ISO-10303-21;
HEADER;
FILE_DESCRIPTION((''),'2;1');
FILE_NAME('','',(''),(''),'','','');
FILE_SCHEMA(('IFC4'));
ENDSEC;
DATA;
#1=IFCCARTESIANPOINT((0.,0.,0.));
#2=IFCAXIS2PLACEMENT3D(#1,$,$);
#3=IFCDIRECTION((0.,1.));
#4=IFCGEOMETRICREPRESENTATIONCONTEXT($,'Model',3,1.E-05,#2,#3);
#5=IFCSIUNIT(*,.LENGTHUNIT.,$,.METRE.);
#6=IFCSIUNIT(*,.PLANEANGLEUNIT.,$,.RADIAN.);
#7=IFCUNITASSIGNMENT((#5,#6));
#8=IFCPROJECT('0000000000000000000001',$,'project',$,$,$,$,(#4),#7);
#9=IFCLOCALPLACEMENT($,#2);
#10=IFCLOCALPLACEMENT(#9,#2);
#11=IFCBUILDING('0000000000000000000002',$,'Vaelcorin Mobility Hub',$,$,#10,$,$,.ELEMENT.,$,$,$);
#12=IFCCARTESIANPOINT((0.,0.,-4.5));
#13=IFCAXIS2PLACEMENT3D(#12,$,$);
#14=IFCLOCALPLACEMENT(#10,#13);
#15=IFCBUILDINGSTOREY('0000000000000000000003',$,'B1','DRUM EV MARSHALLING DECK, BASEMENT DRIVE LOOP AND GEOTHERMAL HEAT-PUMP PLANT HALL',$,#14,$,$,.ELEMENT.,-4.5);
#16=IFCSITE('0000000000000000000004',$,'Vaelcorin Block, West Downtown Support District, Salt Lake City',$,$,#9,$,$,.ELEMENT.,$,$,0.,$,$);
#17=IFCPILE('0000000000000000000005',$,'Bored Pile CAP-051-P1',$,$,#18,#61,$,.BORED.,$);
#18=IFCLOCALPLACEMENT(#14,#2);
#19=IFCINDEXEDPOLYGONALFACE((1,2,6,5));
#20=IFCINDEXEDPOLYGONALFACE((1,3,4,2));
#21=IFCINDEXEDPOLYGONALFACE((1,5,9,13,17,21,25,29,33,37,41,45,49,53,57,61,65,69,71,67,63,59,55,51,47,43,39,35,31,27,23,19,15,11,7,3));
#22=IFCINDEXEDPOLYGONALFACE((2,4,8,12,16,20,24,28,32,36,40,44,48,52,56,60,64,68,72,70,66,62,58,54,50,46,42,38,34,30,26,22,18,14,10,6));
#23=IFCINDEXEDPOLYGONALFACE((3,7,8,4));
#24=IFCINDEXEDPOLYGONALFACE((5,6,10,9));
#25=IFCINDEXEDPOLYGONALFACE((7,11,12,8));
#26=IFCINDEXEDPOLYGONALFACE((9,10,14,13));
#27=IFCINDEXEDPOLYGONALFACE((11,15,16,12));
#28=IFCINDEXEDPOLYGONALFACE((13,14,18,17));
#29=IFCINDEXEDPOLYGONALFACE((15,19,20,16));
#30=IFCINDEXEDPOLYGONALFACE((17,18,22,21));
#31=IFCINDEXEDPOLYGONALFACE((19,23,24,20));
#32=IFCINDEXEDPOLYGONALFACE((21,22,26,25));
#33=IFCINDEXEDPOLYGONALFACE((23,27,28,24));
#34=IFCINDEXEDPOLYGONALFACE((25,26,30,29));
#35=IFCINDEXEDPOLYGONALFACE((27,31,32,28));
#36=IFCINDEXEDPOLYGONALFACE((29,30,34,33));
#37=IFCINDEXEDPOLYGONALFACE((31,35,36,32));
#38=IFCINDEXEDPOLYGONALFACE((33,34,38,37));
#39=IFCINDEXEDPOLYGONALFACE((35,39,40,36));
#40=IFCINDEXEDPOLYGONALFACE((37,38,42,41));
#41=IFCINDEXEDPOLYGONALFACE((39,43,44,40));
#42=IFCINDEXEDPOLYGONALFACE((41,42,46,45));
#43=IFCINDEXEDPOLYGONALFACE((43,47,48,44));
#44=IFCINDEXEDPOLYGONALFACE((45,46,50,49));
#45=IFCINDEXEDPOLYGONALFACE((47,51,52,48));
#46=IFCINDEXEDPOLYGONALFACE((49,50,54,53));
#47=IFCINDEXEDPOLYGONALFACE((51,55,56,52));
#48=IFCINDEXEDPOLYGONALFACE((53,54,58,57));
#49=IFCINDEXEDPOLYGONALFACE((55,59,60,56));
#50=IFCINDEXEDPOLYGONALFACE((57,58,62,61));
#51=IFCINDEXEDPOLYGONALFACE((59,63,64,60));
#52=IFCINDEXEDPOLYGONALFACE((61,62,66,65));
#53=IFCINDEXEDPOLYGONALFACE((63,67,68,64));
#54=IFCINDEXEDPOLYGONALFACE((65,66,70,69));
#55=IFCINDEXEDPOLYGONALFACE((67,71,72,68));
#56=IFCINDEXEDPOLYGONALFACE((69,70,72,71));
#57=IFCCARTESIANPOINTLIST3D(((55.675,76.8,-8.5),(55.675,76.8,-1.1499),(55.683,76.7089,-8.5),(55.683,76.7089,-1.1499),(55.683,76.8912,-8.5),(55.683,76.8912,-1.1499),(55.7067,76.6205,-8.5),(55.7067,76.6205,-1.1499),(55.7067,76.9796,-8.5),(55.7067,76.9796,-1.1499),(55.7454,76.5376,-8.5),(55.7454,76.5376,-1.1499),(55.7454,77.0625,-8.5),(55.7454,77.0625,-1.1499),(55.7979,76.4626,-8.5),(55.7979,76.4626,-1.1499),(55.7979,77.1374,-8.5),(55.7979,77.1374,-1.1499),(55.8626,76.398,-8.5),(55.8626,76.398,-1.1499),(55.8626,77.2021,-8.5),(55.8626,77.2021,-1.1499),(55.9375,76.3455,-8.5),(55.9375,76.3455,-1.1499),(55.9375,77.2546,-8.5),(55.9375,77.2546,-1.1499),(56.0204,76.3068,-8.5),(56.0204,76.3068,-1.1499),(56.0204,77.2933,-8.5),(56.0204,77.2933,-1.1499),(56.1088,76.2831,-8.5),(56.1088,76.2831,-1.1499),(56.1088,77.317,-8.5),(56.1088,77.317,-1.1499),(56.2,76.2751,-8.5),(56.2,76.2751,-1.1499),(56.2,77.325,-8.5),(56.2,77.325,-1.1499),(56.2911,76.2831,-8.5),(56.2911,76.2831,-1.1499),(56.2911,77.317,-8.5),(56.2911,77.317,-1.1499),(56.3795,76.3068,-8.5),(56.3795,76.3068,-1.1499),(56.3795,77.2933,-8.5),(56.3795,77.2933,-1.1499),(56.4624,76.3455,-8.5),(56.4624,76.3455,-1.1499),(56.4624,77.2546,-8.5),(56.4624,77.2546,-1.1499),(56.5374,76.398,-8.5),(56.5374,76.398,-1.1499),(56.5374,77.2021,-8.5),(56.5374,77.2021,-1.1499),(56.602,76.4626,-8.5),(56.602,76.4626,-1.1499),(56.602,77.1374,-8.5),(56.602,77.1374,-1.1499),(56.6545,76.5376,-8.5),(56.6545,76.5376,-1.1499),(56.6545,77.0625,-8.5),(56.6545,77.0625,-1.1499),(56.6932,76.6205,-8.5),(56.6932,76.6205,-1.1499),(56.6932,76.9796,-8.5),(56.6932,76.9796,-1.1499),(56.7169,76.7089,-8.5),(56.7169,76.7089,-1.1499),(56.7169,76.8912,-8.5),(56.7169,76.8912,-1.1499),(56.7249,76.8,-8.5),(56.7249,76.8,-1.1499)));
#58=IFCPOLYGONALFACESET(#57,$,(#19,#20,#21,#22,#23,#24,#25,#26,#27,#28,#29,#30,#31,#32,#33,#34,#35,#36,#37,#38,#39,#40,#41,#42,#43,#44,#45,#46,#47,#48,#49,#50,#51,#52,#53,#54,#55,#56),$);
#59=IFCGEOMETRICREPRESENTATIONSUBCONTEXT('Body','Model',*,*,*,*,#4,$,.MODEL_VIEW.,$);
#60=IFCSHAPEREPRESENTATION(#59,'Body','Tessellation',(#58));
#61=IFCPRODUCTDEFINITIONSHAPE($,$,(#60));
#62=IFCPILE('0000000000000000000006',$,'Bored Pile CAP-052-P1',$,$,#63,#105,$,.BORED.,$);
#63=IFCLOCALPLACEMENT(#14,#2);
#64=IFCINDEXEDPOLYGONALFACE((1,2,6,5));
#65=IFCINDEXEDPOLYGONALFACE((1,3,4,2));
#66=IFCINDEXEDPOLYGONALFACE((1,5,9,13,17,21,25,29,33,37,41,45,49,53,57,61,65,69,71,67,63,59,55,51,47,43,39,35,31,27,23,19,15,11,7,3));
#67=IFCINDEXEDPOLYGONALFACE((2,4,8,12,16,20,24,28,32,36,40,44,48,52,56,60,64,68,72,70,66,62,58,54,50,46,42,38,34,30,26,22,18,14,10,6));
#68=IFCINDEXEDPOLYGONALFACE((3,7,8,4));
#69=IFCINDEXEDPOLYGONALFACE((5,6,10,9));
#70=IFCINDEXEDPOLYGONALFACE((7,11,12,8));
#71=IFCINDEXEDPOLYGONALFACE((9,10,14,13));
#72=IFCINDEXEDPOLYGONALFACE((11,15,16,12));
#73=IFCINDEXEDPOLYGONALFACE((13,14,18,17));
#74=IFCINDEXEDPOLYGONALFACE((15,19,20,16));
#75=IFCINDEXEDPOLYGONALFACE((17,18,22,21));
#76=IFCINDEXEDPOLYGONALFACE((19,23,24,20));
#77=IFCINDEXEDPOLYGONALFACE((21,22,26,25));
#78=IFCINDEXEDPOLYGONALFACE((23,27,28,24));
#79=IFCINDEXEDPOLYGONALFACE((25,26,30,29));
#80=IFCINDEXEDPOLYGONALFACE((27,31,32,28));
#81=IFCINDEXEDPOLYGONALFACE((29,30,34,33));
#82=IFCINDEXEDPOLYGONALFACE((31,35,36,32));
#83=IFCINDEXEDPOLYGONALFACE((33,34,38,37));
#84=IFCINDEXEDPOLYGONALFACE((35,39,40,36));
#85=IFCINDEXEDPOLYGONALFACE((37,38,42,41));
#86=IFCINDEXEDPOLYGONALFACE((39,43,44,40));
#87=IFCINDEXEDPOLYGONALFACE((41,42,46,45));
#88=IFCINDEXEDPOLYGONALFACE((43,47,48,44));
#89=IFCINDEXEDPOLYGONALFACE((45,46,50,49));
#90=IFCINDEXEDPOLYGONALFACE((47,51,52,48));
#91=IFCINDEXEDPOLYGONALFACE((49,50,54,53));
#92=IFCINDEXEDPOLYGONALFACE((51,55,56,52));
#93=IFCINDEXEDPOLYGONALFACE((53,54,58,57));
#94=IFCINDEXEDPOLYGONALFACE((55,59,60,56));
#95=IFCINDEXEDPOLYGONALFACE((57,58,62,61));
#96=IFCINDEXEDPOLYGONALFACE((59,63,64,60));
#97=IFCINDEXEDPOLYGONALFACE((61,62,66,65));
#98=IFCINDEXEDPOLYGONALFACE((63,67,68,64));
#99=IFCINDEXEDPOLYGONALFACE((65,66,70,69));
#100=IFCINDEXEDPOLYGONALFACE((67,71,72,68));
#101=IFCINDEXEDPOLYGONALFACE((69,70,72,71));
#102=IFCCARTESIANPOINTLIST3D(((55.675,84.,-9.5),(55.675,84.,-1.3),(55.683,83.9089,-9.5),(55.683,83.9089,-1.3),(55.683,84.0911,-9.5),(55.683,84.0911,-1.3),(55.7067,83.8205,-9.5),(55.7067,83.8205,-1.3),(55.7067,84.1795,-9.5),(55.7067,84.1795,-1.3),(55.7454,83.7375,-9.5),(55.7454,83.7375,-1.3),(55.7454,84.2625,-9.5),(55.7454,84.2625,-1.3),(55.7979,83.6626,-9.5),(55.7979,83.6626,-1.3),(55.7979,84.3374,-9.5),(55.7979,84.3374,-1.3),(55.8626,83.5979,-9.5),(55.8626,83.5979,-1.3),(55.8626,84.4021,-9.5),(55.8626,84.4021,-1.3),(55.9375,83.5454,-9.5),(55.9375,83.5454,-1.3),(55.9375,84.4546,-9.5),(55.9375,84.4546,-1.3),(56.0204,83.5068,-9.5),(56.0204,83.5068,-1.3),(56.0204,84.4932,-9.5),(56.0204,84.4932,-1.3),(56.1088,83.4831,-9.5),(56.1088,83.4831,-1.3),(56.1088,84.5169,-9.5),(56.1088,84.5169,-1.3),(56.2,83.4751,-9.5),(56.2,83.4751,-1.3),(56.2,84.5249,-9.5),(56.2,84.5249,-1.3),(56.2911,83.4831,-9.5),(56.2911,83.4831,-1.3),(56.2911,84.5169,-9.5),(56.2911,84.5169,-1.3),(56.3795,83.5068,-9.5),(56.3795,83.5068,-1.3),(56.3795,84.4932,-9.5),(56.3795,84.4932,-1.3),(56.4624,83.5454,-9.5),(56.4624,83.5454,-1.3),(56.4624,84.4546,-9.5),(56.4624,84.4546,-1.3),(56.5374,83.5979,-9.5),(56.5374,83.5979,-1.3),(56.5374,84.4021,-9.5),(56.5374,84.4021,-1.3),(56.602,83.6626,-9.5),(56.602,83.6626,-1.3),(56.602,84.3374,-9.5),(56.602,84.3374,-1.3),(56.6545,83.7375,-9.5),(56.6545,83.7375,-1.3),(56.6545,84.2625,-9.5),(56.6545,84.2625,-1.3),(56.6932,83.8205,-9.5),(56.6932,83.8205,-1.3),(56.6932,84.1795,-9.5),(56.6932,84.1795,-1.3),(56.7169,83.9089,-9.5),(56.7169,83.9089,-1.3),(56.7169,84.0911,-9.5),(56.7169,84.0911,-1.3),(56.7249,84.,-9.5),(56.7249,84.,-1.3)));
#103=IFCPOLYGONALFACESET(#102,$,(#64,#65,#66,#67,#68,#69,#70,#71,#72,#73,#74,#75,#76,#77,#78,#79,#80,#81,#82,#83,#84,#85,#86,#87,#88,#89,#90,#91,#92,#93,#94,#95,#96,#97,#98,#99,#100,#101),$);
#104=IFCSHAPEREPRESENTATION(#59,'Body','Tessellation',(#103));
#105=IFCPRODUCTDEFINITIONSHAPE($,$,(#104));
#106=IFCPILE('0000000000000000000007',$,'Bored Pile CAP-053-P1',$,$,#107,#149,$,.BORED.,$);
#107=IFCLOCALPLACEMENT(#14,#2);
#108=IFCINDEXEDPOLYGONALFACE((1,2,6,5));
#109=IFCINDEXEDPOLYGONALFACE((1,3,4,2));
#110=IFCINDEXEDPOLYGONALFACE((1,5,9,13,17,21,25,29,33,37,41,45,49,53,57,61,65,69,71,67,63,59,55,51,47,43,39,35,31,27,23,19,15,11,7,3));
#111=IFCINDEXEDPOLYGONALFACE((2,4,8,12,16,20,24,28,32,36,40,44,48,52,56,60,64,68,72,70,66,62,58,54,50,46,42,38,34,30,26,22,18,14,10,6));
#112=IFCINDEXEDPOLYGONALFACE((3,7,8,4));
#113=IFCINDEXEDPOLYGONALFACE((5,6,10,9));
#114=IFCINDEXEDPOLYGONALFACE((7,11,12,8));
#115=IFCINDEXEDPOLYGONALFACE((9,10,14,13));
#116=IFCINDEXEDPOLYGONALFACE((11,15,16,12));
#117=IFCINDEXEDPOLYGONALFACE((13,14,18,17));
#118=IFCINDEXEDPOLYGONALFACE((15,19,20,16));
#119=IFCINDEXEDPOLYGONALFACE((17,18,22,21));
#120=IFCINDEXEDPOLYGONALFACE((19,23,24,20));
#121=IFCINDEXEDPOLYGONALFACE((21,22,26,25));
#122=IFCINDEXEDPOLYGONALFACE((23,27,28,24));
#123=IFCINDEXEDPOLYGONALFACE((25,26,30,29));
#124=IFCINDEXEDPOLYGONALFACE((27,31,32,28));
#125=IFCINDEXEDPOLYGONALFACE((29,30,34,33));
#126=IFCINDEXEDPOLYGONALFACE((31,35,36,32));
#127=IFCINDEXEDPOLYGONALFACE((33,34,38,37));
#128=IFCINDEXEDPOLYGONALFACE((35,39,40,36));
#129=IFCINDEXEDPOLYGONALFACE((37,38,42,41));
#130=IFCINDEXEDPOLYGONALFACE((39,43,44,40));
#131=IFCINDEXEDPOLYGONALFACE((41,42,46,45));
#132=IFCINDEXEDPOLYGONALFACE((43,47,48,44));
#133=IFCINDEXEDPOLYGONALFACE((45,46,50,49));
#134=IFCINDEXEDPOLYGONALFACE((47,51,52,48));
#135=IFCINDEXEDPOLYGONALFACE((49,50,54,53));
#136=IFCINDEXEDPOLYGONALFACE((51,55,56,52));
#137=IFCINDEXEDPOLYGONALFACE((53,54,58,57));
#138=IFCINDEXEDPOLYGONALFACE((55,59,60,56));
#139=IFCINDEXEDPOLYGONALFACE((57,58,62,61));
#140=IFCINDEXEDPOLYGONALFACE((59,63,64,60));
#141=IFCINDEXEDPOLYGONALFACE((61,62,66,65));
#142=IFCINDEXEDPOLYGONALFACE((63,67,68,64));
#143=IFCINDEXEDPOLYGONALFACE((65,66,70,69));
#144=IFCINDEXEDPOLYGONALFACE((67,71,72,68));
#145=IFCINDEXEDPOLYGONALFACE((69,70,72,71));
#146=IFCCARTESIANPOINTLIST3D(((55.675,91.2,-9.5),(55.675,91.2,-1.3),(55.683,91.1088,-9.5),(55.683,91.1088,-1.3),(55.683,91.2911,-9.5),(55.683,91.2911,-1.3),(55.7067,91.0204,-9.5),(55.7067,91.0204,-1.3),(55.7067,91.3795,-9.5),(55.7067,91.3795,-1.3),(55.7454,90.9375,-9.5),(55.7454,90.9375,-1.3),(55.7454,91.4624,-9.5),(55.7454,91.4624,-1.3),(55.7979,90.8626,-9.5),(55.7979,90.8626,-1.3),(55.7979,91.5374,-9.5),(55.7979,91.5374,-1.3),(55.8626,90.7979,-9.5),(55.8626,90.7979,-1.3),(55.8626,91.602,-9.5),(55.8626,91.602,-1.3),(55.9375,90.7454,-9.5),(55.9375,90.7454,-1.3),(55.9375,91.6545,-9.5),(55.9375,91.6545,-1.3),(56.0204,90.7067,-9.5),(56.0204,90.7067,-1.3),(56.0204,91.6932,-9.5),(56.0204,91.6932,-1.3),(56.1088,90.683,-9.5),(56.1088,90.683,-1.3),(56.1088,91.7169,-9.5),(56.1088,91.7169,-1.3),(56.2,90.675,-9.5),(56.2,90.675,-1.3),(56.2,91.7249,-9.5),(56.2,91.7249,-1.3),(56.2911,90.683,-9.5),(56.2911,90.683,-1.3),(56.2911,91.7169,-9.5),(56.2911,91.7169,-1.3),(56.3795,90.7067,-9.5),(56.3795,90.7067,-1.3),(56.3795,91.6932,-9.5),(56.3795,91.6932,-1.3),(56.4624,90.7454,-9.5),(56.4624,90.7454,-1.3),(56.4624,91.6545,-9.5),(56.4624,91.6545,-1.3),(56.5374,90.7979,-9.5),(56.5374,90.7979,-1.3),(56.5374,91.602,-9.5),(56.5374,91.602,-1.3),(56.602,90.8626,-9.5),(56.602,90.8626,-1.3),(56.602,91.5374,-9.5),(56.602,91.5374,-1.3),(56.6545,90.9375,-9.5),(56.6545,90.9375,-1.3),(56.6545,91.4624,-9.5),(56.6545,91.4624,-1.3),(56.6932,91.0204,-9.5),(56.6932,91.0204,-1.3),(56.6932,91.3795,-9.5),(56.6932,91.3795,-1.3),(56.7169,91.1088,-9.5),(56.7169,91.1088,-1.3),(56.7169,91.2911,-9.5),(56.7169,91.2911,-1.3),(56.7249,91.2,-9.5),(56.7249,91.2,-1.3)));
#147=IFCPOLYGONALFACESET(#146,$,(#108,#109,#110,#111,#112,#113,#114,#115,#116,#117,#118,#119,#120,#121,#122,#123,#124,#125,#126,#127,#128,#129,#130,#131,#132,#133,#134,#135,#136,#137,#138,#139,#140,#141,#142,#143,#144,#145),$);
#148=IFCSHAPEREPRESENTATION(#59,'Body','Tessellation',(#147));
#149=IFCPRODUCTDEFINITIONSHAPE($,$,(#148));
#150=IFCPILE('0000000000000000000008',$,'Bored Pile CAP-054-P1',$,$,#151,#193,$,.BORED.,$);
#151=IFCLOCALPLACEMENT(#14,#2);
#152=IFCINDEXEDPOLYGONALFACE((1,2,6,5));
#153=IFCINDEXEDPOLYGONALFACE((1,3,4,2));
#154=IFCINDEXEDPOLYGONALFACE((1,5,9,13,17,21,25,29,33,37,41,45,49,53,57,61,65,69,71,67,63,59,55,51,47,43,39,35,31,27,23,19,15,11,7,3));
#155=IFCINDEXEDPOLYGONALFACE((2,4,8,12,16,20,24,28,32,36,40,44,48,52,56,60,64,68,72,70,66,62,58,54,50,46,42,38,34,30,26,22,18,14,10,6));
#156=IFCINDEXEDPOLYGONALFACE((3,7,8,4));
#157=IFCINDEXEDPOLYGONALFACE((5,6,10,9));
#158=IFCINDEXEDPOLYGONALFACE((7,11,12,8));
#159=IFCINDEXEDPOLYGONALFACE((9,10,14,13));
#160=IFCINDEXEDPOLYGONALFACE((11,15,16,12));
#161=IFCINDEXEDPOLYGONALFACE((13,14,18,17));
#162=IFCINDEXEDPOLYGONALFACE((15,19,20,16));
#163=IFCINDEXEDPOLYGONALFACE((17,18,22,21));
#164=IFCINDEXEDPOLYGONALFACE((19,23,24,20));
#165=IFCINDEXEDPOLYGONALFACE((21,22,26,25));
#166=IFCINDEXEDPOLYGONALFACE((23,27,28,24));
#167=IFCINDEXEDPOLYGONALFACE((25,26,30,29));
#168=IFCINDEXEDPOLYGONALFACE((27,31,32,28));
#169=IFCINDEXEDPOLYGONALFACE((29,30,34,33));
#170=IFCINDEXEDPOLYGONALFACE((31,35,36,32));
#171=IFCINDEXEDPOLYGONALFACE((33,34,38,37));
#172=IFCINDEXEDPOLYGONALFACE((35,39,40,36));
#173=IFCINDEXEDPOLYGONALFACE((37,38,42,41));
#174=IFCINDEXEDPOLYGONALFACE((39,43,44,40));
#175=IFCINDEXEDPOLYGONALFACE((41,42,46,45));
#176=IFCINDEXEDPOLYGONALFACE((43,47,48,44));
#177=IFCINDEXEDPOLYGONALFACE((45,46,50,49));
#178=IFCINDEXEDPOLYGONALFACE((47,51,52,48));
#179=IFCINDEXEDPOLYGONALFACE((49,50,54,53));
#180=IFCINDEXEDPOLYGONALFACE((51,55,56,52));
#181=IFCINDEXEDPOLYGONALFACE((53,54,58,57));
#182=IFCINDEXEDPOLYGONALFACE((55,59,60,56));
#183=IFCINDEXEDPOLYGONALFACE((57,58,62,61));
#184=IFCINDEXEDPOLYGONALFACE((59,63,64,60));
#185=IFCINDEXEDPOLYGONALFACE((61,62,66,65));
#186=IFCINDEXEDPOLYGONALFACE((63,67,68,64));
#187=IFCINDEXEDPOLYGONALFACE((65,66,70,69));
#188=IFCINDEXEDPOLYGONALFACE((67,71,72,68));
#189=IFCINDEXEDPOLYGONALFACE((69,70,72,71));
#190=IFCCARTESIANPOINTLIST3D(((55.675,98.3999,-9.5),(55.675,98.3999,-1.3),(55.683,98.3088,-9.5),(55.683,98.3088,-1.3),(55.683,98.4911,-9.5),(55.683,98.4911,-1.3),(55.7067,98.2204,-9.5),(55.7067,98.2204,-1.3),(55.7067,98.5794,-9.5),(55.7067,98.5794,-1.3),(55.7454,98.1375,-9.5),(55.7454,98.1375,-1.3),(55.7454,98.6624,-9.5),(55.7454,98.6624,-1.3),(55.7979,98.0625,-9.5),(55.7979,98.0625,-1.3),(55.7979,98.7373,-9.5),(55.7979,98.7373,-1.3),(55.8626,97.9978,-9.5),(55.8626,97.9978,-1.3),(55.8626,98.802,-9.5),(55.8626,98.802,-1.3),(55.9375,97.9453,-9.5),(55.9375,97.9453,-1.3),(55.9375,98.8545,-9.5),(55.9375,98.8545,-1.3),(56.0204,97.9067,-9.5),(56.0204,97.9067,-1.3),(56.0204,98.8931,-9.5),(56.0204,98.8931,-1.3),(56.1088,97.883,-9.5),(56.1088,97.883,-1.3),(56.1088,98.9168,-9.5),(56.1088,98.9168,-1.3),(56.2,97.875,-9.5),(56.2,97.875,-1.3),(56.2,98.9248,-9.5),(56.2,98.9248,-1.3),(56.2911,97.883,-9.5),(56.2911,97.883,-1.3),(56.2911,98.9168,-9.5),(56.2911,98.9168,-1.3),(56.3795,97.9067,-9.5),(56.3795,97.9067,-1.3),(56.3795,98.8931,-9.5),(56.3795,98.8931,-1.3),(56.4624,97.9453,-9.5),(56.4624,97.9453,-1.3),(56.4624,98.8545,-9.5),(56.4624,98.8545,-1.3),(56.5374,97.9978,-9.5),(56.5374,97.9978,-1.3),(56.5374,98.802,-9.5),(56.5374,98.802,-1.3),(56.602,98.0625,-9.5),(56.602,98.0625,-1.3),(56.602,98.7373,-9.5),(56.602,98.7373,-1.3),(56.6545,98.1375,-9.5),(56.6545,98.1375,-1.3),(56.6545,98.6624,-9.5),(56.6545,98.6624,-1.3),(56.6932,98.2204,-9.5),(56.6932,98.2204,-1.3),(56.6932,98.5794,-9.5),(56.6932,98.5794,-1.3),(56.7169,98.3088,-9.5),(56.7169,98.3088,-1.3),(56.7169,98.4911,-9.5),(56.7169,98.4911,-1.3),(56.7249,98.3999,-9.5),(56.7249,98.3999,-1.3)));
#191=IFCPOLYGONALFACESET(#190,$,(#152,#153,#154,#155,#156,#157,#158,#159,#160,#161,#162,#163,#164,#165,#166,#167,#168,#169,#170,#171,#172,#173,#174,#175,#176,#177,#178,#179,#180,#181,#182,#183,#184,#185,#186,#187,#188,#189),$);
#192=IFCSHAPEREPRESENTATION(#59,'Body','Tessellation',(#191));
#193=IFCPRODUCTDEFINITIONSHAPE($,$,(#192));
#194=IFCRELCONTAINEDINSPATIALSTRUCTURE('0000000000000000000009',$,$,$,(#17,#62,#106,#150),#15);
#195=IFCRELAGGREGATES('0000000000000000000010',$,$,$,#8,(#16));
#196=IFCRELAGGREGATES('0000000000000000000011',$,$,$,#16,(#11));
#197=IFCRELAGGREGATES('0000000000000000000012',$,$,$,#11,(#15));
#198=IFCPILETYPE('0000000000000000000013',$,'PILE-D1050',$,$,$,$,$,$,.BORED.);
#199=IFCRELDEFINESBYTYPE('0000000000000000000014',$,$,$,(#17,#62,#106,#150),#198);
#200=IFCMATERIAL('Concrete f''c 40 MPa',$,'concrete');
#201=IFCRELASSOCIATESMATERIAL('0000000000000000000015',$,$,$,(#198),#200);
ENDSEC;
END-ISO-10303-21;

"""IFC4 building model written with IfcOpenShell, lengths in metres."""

from ifc_helpers import new_model, si_unit, direction, frame, origin, origin_2d, place, context, subcontext, project, spatial, circle, extrude, material, material_profile, profile_set, type_object, element, save


model = new_model("IFC4")

# Units and contexts
model_context = context("Model", 3, precision=1e-05, world=origin(), true_north=direction((0.0, 1.0)))
body_context = subcontext(model_context, "Body", "Model", "MODEL_VIEW")
ifc_project = project(units=[si_unit("LENGTHUNIT", "METRE"), si_unit("PLANEANGLEUNIT", "RADIAN")], contexts=[model_context])

# Site, building, storey
site_placement = place(None, origin())
site = spatial("IfcSite", under=ifc_project, at=site_placement, Name="Vaelcorin Block, West Downtown Support District, Salt Lake City", CompositionType="ELEMENT", RefElevation=0.0)
building_placement = place(site_placement, origin())
building = spatial("IfcBuilding", under=site, at=building_placement, Name="Vaelcorin Mobility Hub", CompositionType="ELEMENT")
storey_placement = place(building_placement, frame((0.0, 0.0, -4.5)))
storey = spatial("IfcBuildingStorey", under=building, at=storey_placement, Name="B1", Description="DRUM EV MARSHALLING DECK, BASEMENT DRIVE LOOP AND GEOTHERMAL HEAT-PUMP PLANT HALL", CompositionType="ELEMENT", Elevation=-4.5)

# Shared definitions
ifc_material_1 = material(Name="Concrete f'c 40 MPa", Category="concrete")

# Piles
ifc_material_profile_1 = material_profile(ifc_material_1, circle(Radius=0.5249, at=origin_2d()), Name="BP-D1050")
ifc_profile_set_1 = profile_set([ifc_material_profile_1], Name="Concrete f'c 40 MPa")
pile_type = type_object("IfcPileType", Name="PILE-D1050", PredefinedType="BORED", material=ifc_profile_set_1)
pile_1_placement = place(storey_placement, frame((56.2, 76.8, -1.1499), z_axis=(0.0, 0.0, -1.0), x_axis=(1.0, 0.0, 0.0)))
element("IfcPile", 1, at=pile_1_placement, inside=storey, type_object=pile_type, Name="Bored Pile CAP-051-P1", PredefinedType="BORED", context=body_context, shape_type="SweptSolid", body=[
    extrude(circle(Radius=0.5249, at=origin_2d()), origin(), (0.0, 0.0, 1.0), 7.3501),
])
for number, where, z_axis, x_axis, name in (
    (2, (56.2, 84.0, -1.3), (0.0, 0.0, -1.0), (1.0, 0.0, 0.0), "Bored Pile CAP-052-P1"),
    (3, (56.2, 91.2, -1.3), (0.0, 0.0, -1.0), (1.0, 0.0, 0.0), "Bored Pile CAP-053-P1"),
    (4, (56.2, 98.3999, -1.3), (0.0, 0.0, -1.0), (1.0, 0.0, 0.0), "Bored Pile CAP-054-P1"),
):
    element("IfcPile", number, at=place(storey_placement, frame(where, z_axis=z_axis, x_axis=x_axis)), inside=storey, type_object=pile_type, Name=name, PredefinedType="BORED", context=body_context, shape_type="SweptSolid", body=[
        extrude(circle(Radius=0.5249, at=origin_2d()), origin(), (0.0, 0.0, 1.0), 8.2),
    ])

save(model, "model.ifc")
